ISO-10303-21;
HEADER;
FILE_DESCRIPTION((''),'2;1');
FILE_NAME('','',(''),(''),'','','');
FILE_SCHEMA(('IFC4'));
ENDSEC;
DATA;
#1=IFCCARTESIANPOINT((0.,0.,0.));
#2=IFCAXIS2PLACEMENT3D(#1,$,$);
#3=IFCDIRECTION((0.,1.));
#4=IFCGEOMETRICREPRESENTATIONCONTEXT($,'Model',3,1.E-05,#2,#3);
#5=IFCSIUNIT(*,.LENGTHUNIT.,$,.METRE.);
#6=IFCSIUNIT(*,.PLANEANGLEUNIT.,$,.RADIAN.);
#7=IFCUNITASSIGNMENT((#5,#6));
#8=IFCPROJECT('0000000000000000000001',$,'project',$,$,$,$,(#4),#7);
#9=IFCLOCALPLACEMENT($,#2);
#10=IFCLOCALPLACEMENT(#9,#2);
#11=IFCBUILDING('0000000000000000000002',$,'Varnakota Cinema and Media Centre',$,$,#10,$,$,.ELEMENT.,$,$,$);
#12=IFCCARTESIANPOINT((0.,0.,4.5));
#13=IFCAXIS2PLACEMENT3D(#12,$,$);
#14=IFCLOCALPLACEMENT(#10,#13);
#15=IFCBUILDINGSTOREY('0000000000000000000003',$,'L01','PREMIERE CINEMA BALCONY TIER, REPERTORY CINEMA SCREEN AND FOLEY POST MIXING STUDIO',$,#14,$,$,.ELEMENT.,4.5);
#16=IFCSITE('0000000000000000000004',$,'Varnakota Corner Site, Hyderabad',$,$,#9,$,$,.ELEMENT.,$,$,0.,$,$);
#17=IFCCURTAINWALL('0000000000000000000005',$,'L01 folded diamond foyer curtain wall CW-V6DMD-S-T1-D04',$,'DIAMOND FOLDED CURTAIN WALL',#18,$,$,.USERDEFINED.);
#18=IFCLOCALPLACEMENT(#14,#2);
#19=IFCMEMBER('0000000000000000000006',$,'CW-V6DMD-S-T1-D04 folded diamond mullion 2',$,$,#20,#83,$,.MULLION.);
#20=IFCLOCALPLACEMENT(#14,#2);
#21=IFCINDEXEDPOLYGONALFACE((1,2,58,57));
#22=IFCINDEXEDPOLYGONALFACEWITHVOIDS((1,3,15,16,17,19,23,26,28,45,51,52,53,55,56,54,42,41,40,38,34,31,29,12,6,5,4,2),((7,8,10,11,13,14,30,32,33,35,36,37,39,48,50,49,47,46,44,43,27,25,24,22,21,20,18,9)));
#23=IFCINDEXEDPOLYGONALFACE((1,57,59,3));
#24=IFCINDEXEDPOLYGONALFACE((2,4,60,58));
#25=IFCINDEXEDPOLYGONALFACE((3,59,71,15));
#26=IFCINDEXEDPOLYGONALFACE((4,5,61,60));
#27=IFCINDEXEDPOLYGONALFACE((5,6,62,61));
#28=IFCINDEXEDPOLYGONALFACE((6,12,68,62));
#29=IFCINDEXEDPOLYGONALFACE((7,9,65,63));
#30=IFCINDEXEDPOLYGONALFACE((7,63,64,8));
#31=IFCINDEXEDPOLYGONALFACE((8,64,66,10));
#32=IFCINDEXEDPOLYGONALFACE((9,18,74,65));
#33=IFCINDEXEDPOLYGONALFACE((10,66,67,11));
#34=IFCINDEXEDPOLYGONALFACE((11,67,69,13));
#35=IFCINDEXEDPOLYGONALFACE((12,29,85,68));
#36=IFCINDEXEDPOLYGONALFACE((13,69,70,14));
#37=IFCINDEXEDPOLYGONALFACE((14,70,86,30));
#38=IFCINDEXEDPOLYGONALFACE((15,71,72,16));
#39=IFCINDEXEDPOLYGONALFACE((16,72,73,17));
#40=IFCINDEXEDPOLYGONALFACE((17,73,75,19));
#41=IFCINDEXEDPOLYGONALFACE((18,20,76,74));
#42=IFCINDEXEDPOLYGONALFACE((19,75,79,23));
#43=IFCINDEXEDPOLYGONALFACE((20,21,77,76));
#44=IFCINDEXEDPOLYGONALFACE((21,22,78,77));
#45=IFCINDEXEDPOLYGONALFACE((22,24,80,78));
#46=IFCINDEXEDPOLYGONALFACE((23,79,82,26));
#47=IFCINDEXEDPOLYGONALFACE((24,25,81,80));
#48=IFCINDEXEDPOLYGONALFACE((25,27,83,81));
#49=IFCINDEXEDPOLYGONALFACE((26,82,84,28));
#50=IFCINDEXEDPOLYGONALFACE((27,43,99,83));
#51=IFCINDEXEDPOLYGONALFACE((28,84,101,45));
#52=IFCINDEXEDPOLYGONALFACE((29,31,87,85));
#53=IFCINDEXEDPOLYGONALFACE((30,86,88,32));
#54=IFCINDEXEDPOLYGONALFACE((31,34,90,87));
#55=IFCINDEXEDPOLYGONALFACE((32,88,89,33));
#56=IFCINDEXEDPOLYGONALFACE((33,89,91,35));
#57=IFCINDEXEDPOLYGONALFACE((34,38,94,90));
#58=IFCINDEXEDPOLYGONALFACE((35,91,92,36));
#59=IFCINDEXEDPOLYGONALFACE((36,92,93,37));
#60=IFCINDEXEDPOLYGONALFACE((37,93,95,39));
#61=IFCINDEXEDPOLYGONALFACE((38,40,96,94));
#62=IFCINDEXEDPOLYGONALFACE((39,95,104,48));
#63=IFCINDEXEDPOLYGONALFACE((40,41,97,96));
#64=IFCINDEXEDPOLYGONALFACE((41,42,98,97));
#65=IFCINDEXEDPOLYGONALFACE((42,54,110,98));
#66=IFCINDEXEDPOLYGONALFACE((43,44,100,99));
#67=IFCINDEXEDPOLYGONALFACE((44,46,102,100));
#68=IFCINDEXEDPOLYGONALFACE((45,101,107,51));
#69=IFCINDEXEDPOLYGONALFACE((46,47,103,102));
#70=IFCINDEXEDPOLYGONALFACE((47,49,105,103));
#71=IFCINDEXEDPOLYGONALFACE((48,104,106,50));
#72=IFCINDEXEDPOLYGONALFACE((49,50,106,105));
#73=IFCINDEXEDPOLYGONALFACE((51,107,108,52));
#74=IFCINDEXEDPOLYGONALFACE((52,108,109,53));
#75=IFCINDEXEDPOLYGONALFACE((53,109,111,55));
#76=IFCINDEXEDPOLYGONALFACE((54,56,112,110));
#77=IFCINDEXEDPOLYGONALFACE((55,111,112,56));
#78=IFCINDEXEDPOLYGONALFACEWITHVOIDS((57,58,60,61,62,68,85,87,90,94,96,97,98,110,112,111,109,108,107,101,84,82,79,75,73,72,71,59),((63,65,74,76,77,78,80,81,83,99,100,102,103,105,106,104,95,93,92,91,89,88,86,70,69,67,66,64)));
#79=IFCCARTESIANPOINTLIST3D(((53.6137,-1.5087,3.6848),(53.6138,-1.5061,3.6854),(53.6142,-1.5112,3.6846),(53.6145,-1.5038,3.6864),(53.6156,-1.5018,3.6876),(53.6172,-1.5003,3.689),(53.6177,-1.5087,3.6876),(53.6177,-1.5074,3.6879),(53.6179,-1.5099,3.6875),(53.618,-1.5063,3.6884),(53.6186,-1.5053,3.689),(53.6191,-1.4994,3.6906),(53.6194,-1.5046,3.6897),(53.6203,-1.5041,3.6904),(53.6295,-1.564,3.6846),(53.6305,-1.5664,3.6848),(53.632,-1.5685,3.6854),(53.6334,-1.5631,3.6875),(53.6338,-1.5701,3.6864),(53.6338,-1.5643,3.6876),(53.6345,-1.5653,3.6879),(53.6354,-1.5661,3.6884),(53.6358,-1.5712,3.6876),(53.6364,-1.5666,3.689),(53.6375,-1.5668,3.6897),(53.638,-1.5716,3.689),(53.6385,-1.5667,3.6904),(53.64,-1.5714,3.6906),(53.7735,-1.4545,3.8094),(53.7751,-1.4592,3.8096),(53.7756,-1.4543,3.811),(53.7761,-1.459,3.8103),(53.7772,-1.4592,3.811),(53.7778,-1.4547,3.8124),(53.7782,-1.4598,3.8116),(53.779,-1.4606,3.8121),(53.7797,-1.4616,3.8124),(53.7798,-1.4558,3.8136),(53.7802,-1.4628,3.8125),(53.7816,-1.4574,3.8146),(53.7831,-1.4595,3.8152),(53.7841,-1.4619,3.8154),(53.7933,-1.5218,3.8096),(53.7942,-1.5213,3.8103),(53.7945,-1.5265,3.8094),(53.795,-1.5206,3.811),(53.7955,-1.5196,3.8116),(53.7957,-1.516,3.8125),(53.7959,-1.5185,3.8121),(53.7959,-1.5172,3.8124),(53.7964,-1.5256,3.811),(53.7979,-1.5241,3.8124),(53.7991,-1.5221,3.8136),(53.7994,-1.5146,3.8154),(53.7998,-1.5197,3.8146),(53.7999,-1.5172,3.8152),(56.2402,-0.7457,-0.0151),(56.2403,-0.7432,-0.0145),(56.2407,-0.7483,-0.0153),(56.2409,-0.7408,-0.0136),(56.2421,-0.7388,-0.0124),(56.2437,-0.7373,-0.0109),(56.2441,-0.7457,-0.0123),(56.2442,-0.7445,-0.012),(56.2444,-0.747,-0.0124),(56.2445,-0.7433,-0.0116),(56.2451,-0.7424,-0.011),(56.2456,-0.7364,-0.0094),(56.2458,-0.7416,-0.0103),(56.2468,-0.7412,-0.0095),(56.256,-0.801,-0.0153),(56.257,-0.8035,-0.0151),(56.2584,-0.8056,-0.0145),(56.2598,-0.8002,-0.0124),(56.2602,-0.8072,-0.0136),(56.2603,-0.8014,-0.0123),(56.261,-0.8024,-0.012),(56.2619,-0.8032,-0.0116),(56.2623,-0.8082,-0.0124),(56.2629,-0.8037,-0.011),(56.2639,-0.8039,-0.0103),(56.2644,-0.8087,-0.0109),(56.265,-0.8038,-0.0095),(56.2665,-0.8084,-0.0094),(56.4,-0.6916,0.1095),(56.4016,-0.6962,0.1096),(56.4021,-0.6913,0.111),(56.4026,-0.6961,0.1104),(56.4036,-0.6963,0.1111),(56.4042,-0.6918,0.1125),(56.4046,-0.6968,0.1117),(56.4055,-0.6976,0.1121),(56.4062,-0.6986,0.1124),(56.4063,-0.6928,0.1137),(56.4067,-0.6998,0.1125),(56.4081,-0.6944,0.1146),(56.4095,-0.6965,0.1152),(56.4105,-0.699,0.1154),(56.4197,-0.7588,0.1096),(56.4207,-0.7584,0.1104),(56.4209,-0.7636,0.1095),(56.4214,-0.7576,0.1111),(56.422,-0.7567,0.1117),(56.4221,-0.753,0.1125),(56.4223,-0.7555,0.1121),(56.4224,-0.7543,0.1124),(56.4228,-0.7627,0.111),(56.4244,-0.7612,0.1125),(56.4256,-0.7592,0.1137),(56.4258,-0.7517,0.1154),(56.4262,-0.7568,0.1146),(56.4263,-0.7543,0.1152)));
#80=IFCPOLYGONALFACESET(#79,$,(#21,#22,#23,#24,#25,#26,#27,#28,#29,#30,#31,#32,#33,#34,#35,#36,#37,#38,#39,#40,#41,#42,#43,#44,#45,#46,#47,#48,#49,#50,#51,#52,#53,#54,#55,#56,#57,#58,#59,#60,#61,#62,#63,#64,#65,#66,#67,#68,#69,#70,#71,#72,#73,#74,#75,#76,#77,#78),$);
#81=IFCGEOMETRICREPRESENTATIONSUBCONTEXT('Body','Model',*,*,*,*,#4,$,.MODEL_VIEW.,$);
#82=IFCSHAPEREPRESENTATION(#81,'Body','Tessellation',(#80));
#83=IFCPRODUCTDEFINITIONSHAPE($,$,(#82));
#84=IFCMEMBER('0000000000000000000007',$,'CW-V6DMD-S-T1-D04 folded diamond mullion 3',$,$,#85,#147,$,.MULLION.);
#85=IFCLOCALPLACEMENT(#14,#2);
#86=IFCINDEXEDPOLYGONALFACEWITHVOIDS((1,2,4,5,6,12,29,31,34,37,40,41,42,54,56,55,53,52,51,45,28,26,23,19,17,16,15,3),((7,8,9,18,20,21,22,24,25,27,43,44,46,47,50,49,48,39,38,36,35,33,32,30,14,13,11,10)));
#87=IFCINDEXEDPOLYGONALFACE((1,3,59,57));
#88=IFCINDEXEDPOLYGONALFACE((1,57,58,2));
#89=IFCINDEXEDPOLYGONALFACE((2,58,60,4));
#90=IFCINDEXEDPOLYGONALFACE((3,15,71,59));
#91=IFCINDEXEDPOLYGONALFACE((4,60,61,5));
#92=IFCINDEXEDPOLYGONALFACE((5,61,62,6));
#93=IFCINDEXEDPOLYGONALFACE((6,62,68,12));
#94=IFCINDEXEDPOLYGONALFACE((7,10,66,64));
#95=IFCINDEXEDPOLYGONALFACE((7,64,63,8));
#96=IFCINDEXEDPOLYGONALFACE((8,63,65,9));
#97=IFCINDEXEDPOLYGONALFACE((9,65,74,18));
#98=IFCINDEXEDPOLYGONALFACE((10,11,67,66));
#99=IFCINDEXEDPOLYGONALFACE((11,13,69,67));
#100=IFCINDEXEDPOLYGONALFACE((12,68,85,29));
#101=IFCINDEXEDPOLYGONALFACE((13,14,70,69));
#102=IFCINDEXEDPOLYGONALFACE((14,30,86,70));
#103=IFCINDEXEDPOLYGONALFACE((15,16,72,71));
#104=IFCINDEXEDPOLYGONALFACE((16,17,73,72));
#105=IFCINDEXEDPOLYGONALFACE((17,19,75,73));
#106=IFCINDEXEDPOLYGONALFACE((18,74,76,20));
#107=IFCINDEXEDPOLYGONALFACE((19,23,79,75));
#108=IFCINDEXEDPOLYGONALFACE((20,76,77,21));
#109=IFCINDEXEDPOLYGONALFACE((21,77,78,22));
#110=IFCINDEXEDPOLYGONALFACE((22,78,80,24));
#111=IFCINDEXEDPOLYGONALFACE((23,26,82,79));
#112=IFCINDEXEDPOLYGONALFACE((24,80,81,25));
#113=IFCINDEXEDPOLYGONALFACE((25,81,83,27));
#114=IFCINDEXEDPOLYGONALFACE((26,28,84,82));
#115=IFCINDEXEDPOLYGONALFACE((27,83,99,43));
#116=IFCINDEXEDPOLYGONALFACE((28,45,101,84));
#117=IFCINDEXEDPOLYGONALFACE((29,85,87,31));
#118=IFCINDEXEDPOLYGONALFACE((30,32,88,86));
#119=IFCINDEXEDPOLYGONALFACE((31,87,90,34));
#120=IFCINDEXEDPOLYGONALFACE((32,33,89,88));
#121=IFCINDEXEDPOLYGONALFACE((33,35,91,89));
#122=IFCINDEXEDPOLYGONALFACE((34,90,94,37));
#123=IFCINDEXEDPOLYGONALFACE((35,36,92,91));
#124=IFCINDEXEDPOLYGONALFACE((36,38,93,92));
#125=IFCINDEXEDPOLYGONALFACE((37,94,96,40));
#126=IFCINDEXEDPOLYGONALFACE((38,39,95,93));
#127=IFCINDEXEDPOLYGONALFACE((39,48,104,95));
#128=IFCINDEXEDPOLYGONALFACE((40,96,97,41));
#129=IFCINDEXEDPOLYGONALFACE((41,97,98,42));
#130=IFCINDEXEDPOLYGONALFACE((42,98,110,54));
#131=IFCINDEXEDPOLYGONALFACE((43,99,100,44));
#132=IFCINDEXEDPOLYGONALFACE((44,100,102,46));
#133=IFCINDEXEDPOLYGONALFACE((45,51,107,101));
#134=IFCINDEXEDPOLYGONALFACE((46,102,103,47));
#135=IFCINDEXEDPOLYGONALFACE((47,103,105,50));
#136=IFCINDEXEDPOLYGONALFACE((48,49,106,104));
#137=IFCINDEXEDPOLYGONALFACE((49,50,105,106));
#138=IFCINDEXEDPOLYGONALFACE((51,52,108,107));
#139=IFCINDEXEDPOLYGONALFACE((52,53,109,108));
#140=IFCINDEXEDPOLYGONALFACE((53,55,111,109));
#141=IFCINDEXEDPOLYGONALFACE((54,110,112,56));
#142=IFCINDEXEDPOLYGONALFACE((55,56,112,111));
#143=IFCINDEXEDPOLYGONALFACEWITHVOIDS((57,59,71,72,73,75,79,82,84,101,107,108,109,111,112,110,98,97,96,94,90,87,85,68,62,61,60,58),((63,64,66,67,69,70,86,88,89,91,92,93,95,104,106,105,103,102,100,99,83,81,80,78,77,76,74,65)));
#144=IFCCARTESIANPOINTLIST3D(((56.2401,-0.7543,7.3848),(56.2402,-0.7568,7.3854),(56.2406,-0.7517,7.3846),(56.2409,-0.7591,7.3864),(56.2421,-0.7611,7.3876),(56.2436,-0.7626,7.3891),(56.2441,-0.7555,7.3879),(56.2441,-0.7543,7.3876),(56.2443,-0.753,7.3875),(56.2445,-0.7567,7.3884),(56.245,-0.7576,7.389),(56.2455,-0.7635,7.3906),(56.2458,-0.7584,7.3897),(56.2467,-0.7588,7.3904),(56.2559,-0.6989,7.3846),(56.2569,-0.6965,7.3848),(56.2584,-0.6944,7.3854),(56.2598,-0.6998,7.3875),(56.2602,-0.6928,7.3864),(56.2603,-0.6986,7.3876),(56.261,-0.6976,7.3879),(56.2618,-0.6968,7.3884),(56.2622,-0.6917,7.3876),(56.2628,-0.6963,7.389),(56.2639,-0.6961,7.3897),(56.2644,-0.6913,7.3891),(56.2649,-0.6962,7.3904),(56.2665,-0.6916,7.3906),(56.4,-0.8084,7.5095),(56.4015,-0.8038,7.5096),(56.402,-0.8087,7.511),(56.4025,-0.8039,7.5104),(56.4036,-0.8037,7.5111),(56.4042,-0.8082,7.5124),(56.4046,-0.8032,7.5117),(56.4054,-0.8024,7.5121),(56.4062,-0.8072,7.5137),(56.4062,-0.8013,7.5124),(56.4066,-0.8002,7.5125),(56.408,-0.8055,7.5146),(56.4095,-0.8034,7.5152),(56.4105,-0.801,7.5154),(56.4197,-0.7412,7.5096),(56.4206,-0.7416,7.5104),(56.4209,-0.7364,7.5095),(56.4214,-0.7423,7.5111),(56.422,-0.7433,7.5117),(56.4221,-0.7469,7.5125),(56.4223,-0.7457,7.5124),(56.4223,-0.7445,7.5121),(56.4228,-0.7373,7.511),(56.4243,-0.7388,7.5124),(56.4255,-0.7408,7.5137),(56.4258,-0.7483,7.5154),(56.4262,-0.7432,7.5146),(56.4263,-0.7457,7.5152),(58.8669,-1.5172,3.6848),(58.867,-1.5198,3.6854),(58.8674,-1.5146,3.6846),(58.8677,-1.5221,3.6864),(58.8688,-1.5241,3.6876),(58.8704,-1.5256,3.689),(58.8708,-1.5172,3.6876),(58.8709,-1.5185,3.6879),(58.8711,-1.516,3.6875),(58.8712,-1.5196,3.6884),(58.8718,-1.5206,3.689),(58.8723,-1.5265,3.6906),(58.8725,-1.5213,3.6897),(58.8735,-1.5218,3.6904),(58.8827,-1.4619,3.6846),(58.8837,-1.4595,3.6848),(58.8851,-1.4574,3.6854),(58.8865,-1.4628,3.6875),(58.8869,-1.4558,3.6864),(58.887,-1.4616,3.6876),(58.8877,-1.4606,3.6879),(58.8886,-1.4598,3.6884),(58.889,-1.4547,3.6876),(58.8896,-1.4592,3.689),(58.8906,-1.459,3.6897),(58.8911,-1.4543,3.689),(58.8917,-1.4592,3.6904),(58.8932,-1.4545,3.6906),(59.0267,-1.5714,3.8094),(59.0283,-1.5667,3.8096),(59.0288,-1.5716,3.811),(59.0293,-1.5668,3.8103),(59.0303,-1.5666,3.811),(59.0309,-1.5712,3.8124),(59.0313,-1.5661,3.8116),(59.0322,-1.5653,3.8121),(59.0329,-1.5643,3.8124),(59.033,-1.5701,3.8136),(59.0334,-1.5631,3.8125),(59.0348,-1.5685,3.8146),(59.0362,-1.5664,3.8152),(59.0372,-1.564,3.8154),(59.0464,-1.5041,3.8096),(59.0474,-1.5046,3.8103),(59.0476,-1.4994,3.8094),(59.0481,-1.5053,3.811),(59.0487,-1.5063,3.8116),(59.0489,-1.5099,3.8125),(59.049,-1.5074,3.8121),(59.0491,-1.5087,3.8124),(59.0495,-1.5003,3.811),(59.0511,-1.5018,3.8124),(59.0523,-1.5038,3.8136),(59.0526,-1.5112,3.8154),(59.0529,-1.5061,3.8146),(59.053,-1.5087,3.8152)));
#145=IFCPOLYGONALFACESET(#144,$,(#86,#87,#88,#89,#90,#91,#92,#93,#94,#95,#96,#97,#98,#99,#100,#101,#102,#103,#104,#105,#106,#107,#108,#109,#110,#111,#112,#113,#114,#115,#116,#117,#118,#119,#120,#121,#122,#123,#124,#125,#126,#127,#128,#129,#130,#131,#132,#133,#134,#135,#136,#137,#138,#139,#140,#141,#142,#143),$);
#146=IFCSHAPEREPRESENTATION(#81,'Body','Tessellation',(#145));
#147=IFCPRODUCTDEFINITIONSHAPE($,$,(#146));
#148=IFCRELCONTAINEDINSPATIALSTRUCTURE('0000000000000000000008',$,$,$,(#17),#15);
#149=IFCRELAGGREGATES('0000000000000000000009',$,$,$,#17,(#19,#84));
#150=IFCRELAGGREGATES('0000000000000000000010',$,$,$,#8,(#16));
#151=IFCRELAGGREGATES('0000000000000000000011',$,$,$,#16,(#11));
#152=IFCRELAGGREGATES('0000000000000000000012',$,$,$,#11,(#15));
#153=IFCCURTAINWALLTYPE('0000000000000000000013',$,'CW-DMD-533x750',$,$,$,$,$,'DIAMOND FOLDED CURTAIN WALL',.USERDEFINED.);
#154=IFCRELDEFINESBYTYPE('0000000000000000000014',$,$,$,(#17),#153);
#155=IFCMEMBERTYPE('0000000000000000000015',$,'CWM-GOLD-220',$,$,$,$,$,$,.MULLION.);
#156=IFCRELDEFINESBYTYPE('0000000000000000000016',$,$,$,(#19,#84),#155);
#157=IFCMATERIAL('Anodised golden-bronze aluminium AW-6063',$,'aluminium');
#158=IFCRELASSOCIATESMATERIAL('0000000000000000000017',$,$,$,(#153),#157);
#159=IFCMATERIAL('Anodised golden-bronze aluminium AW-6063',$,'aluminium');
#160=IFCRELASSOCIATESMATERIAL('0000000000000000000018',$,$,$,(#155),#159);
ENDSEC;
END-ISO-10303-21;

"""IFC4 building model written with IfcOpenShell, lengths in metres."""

from ifc_helpers import new_model, si_unit, direction, frame, origin, origin_2d, place, context, subcontext, project, spatial, hollow_rectangle, extrude, material, material_profile, profile_set, type_object, element, aggregate, save


model = new_model("IFC4")

# Units and contexts
model_context = context("Model", 3, precision=1e-05, world=origin(), true_north=direction((0.0, 1.0)))
body_context = subcontext(model_context, "Body", "Model", "MODEL_VIEW")
ifc_project = project(units=[si_unit("LENGTHUNIT", "METRE"), si_unit("PLANEANGLEUNIT", "RADIAN")], contexts=[model_context])

# Site, building, storey
site_placement = place(None, origin())
site = spatial("IfcSite", under=ifc_project, at=site_placement, Name="Varnakota Corner Site, Hyderabad", CompositionType="ELEMENT", RefElevation=0.0)
building_placement = place(site_placement, origin())
building = spatial("IfcBuilding", under=site, at=building_placement, Name="Varnakota Cinema and Media Centre", CompositionType="ELEMENT")
storey_placement = place(building_placement, frame((0.0, 0.0, 4.5)))
storey = spatial("IfcBuildingStorey", under=building, at=storey_placement, Name="L01", Description="PREMIERE CINEMA BALCONY TIER, REPERTORY CINEMA SCREEN AND FOLEY POST MIXING STUDIO", CompositionType="ELEMENT", Elevation=4.5)

# Shared definitions
ifc_material_1 = material(Name="Anodised golden-bronze aluminium AW-6063", Category="aluminium")
curtain_wall_type = type_object("IfcCurtainWallType", Name="CW-DMD-533x750", ElementType="DIAMOND FOLDED CURTAIN WALL", PredefinedType="USERDEFINED", material=ifc_material_1)
ifc_material_2 = material(Name="Anodised golden-bronze aluminium AW-6063", Category="aluminium")
ifc_material_profile_1 = material_profile(ifc_material_2, hollow_rectangle(XDim=0.075, YDim=0.22, WallThickness=0.0049, InnerFilletRadius=0.0049, OuterFilletRadius=0.01, at=origin_2d()), Name="AL-MULLION 220x75x5")
ifc_profile_set_1 = profile_set([ifc_material_profile_1], Name="Anodised golden-bronze aluminium AW-6063")
member_type_1 = type_object("IfcMemberType", Name="CWM-GOLD-220", PredefinedType="MULLION", material=ifc_profile_set_1)

# Curtain wall, members
curtain_wall_1_placement = place(storey_placement, origin())
curtain_wall_1 = element("IfcCurtainWall", 1, at=curtain_wall_1_placement, inside=storey, type_object=curtain_wall_type, Name="L01 folded diamond foyer curtain wall CW-V6DMD-S-T1-D04", ObjectType="DIAMOND FOLDED CURTAIN WALL", PredefinedType="USERDEFINED")
member_1_placement = place(storey_placement, frame((56.3333, -0.75, 0.05), z_axis=(-0.570835, -0.165817, 0.804147), x_axis=(0.278951, -0.960305, 0.0)))
member_1 = element("IfcMember", 2, at=member_1_placement, type_object=member_type_1, Name="CW-V6DMD-S-T1-D04 folded diamond mullion 2", PredefinedType="MULLION", context=body_context, shape_type="SweptSolid", body=[
    extrude(hollow_rectangle(XDim=0.075, YDim=0.22, WallThickness=0.0049, InnerFilletRadius=0.0049, OuterFilletRadius=0.01, at=origin_2d()), origin(), (0.0, 0.0, 1.0), 4.6011),
])
member_2_placement = place(storey_placement, frame((58.96, -1.5129, 3.75), z_axis=(-0.570871, 0.165812, 0.804122), x_axis=(-0.278927, -0.960312, 0.0)))
member_2 = element("IfcMember", 3, at=member_2_placement, type_object=member_type_1, Name="CW-V6DMD-S-T1-D04 folded diamond mullion 3", PredefinedType="MULLION", context=body_context, shape_type="SweptSolid", body=[
    extrude(hollow_rectangle(XDim=0.075, YDim=0.22, WallThickness=0.0049, InnerFilletRadius=0.0049, OuterFilletRadius=0.01, at=origin_2d()), origin(), (0.0, 0.0, 1.0), 4.6013),
])

aggregate(curtain_wall_1, [member_1, member_2])

save(model, "model.ifc")
